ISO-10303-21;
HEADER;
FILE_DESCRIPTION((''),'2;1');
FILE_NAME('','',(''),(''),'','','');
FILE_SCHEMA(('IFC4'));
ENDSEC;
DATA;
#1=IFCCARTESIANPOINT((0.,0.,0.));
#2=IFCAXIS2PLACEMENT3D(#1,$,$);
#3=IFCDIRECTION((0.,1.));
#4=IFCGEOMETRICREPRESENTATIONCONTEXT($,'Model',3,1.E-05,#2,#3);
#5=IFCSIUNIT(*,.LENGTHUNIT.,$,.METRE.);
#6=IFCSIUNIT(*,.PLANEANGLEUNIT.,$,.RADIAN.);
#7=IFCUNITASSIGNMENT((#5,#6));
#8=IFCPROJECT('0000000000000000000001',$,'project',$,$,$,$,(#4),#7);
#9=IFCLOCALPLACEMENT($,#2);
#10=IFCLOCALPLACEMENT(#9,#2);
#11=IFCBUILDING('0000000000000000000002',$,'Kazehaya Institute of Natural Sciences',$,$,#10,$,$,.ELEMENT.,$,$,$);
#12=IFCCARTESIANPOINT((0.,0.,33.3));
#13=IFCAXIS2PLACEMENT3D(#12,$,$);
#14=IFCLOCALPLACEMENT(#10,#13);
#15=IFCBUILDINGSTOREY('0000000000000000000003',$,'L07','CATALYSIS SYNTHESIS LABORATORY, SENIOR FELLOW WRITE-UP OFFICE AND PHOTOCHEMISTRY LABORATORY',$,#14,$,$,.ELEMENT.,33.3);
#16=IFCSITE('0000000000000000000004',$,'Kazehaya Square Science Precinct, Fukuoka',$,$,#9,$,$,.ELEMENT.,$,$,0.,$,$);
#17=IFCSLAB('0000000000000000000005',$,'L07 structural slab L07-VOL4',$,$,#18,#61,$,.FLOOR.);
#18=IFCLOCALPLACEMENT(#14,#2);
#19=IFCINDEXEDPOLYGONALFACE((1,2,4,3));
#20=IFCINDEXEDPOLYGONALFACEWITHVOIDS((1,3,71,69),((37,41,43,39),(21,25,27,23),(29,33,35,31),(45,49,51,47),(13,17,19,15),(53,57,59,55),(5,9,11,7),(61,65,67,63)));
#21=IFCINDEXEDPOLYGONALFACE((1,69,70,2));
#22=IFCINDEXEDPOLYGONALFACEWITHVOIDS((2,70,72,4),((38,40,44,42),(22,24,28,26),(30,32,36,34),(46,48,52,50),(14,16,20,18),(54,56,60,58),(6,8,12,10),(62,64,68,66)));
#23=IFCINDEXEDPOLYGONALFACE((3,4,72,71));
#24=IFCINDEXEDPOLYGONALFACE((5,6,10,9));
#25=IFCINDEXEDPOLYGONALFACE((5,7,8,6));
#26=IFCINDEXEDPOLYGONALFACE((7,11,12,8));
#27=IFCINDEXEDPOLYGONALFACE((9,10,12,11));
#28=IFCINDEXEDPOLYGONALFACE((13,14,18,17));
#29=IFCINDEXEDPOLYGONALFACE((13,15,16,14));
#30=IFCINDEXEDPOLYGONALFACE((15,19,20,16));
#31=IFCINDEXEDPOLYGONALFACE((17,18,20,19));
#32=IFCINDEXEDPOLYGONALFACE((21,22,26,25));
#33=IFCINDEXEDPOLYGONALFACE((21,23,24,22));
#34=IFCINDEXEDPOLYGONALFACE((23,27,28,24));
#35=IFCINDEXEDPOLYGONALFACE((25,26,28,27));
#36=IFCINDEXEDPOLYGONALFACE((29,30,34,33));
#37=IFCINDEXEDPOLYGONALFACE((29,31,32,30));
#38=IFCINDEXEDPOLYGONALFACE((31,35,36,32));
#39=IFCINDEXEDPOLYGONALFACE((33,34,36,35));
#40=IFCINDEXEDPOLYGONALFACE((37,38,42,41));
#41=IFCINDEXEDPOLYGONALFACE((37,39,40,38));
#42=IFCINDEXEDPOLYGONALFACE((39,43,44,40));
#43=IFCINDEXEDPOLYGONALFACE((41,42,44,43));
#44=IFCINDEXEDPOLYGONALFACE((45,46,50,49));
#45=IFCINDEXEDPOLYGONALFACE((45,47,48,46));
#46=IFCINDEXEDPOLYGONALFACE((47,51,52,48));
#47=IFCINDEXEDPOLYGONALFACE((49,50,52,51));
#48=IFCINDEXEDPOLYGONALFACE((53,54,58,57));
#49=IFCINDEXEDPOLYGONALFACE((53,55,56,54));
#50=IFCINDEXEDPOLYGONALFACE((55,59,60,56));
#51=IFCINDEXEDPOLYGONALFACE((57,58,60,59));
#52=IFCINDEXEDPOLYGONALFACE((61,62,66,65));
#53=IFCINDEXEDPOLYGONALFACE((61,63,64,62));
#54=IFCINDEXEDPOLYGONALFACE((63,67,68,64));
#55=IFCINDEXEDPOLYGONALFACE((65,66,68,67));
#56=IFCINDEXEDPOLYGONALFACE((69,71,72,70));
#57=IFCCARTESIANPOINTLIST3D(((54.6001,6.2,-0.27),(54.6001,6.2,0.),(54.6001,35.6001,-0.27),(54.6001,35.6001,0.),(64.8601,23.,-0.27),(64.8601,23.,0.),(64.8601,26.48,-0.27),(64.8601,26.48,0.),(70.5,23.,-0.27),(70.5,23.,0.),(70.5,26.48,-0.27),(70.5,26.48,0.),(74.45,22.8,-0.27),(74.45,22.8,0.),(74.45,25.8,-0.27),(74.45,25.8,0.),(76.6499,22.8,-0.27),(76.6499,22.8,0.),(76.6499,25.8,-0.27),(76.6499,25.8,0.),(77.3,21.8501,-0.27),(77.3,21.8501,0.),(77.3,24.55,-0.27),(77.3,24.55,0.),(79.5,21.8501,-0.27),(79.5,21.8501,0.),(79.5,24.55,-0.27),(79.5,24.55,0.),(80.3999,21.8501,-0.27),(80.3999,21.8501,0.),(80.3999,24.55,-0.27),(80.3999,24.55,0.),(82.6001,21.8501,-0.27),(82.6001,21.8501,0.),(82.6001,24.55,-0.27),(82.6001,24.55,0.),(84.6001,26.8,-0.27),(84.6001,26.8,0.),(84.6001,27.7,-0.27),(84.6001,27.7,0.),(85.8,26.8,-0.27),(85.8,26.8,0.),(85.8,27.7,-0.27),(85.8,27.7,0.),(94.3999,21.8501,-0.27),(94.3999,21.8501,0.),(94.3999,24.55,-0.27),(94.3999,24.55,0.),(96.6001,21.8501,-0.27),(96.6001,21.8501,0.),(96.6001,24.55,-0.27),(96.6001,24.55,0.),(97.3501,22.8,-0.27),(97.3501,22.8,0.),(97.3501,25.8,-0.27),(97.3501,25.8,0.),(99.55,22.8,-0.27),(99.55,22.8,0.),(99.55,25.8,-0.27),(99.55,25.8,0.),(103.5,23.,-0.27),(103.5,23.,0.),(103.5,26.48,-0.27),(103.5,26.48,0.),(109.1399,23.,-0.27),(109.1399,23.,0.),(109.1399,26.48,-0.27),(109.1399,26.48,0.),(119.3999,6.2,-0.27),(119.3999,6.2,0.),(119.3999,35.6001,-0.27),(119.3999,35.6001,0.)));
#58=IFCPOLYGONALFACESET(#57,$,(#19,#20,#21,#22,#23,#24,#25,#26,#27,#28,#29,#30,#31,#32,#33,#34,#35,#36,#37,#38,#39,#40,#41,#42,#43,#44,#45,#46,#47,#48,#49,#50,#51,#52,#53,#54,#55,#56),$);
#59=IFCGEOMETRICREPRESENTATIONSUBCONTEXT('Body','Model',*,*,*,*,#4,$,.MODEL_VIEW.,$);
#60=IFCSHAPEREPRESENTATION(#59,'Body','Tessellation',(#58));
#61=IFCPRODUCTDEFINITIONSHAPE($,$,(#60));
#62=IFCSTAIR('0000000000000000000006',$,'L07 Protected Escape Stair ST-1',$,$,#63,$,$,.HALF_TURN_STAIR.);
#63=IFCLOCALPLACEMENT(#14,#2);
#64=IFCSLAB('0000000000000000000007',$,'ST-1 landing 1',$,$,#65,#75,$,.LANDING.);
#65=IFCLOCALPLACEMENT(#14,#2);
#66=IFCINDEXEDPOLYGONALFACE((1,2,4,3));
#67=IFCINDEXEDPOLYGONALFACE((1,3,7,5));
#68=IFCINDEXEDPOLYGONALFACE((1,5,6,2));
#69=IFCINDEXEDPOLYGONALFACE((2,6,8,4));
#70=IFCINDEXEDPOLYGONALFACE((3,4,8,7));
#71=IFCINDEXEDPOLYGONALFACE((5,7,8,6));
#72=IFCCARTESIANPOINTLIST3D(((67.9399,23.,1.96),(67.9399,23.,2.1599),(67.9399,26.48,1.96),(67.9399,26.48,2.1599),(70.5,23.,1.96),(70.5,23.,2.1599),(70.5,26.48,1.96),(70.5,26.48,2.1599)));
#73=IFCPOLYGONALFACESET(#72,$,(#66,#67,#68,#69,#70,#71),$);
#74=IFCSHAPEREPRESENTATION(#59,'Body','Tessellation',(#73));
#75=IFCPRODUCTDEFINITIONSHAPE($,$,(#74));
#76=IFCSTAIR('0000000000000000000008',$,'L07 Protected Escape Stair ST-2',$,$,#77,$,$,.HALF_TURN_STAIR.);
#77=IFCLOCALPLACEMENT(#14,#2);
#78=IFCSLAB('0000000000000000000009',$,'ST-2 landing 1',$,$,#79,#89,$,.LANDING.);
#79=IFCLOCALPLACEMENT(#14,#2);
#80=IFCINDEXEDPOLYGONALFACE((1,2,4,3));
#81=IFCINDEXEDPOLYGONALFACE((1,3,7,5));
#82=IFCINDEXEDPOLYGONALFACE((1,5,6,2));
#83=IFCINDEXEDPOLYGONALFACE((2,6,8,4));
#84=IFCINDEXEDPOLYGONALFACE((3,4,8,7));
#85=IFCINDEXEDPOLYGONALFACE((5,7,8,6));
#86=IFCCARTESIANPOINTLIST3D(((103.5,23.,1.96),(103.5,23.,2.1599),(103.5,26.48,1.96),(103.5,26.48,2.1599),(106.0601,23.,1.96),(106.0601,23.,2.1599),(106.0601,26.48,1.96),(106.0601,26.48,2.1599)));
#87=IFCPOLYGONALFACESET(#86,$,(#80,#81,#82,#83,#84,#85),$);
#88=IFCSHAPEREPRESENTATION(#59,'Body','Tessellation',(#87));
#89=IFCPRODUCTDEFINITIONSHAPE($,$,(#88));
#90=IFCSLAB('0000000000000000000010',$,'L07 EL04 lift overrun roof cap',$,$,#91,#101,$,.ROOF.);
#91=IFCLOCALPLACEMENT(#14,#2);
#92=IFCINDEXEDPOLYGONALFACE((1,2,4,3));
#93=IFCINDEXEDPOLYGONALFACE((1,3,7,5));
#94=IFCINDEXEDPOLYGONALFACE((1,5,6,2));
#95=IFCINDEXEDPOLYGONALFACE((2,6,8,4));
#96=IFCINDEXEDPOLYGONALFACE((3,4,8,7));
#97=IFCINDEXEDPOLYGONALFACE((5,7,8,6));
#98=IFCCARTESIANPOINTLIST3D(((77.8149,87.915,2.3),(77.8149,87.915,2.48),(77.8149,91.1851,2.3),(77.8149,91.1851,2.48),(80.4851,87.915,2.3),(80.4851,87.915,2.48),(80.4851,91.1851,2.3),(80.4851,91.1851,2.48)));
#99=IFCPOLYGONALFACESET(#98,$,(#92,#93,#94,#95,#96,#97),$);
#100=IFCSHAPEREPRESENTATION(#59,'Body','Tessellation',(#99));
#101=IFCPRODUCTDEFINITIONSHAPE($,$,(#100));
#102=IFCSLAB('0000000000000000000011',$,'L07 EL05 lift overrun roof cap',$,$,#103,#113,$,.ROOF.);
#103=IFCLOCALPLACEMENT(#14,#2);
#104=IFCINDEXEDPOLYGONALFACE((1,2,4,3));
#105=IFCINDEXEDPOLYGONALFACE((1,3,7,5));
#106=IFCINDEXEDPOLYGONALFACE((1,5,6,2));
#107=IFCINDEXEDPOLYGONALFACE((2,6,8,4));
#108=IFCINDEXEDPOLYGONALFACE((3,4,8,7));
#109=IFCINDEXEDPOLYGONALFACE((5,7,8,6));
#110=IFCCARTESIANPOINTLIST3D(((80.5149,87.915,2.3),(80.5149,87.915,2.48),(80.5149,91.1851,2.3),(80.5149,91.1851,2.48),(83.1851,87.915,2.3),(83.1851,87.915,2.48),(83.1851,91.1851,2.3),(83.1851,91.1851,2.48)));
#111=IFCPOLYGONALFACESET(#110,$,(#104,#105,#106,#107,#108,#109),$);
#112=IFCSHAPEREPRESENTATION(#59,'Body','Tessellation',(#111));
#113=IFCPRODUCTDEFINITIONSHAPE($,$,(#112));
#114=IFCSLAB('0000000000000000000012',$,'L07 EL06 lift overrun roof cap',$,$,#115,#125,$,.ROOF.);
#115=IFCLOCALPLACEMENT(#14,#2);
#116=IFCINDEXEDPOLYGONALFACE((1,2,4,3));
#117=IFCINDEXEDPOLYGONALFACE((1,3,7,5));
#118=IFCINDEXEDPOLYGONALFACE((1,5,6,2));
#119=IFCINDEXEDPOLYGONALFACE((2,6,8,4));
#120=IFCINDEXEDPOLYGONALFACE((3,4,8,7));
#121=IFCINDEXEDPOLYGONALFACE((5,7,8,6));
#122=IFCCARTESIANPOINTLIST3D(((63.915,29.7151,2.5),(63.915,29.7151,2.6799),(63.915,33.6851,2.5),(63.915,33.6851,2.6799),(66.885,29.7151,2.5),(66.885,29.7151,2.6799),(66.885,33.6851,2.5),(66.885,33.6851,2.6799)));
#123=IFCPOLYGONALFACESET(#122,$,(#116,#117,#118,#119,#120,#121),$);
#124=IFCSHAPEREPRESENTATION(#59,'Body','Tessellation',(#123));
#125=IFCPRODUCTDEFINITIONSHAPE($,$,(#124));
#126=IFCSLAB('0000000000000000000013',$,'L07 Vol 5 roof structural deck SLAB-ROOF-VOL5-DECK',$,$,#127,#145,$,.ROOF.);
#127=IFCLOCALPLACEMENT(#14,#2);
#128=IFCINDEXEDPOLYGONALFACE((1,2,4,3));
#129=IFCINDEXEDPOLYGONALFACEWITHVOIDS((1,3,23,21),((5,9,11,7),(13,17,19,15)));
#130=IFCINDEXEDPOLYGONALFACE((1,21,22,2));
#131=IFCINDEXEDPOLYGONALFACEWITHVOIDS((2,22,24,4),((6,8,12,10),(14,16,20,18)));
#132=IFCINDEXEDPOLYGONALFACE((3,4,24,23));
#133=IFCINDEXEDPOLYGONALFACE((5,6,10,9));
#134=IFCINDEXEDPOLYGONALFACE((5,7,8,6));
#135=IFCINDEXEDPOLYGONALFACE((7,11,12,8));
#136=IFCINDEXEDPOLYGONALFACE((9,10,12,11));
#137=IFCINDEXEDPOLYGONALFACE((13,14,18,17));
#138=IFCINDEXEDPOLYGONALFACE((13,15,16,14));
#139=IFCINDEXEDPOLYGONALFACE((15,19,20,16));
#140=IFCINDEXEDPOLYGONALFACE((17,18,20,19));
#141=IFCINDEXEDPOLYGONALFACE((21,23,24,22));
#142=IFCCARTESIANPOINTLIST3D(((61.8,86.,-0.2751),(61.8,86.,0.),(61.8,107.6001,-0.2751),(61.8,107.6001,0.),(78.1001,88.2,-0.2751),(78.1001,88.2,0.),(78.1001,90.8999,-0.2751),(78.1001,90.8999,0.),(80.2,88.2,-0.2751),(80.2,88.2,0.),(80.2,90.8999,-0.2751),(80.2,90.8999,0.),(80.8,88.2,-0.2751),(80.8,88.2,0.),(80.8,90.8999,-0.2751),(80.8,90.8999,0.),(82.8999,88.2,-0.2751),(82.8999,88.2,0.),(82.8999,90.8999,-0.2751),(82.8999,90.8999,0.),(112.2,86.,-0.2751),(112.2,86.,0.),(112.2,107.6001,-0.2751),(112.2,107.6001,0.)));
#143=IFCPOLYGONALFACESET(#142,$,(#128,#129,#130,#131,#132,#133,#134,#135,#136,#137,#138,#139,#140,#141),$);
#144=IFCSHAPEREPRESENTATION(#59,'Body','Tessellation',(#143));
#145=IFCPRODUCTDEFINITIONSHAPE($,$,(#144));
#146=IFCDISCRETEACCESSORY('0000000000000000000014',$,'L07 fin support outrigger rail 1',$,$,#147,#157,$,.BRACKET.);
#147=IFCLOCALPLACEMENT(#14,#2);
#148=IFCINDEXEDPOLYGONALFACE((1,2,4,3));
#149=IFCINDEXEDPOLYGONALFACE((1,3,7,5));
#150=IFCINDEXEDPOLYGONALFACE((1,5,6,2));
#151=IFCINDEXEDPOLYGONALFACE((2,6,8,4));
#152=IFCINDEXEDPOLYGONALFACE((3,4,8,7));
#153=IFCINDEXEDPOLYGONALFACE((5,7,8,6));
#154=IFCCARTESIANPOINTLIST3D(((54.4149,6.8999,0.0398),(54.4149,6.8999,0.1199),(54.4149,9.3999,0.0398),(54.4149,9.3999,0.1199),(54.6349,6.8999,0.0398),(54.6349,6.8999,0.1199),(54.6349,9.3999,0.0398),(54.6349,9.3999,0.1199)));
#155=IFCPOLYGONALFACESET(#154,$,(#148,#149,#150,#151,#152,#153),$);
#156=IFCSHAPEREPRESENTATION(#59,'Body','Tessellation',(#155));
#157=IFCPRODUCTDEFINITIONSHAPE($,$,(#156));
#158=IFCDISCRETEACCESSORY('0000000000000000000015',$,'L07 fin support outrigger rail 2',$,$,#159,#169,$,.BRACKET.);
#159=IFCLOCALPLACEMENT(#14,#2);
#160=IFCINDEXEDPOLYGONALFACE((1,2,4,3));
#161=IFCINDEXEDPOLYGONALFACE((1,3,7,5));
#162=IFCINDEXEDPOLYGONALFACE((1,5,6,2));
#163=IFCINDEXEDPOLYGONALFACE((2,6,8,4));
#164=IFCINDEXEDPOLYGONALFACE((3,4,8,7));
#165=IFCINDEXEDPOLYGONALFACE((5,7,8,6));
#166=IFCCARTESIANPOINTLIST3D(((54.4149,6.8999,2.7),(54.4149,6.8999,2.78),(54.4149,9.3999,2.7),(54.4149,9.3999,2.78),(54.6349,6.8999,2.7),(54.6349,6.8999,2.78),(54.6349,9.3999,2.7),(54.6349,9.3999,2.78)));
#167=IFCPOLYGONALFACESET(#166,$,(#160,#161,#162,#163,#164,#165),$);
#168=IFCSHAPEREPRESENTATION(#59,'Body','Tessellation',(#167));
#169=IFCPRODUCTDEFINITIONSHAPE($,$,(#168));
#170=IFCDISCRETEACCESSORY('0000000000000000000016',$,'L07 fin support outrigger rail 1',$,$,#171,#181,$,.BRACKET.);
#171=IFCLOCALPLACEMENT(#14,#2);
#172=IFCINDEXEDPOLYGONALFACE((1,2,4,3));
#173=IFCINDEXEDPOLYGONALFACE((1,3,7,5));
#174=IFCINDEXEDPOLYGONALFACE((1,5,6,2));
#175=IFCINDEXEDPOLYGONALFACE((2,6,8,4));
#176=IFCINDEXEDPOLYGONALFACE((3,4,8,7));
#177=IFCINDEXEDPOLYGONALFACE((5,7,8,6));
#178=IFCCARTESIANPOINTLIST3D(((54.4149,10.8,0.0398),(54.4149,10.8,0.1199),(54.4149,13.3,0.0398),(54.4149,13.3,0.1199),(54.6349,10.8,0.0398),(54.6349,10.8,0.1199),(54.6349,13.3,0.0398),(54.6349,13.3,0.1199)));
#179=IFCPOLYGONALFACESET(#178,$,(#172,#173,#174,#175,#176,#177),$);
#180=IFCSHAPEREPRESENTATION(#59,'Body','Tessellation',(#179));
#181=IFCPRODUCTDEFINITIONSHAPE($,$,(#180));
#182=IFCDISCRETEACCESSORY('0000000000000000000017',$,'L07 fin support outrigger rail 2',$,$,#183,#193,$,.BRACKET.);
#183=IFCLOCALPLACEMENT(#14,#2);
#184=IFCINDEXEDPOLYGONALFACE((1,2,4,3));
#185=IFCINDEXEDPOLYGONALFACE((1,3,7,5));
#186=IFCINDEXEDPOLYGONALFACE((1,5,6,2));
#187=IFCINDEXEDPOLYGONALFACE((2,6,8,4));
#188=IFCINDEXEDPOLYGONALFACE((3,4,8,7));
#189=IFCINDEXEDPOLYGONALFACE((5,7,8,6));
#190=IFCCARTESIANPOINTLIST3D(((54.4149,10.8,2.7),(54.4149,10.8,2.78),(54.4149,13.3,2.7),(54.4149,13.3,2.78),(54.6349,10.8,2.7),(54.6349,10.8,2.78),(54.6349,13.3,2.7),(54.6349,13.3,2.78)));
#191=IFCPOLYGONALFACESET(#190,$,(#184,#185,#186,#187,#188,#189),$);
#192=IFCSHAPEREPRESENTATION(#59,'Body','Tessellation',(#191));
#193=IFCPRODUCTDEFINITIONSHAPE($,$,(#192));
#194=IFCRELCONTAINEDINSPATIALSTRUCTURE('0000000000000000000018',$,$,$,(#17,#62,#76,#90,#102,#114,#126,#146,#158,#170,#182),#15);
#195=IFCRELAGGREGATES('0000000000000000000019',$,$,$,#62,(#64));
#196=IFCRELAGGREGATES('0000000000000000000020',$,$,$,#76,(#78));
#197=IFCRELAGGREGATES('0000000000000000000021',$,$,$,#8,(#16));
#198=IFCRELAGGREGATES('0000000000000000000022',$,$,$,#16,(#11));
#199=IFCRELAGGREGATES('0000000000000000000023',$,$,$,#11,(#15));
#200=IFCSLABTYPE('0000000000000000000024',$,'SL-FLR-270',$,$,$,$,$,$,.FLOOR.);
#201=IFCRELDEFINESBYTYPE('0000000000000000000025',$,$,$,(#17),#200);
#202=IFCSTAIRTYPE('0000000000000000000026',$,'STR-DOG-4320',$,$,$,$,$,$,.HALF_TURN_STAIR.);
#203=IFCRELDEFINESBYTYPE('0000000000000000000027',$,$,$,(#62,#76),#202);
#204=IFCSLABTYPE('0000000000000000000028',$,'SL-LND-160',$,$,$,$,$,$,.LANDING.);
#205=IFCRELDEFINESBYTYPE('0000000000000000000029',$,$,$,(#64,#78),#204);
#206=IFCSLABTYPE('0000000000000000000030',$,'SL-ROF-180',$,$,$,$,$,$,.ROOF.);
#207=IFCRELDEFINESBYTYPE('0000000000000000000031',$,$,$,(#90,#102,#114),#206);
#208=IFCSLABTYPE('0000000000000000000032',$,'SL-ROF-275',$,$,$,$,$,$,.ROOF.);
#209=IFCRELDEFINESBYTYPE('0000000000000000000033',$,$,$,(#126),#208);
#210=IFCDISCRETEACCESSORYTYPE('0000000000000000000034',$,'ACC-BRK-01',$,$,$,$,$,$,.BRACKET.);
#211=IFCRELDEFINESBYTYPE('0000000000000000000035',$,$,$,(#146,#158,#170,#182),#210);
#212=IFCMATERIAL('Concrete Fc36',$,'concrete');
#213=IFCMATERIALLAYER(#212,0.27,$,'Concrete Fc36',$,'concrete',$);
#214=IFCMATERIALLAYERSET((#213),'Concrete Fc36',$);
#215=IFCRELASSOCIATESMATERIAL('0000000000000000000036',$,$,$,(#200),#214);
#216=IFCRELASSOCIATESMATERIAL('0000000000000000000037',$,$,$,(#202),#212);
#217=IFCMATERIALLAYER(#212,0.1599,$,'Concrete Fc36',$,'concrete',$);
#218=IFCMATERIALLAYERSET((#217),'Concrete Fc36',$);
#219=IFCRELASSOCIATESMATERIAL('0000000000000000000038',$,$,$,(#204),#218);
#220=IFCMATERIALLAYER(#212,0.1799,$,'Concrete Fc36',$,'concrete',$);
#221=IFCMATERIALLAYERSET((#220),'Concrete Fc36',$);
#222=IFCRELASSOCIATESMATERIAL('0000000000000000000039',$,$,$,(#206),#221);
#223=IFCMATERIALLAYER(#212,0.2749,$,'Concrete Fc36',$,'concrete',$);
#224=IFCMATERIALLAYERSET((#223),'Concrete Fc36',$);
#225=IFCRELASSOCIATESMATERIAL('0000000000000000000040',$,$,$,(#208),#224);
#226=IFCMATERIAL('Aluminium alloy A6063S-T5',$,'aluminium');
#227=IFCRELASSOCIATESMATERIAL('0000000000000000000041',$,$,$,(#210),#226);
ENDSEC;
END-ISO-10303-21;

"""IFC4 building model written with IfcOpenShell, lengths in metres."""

from ifc_helpers import new_model, si_unit, direction, frame, origin, origin_2d, place, context, subcontext, project, spatial, polyline, rectangle, outline, extrude, material, layer, layer_set, type_object, element, aggregate, save


model = new_model("IFC4")

# Units and contexts
model_context = context("Model", 3, precision=1e-05, world=origin(), true_north=direction((0.0, 1.0)))
body_context = subcontext(model_context, "Body", "Model", "MODEL_VIEW")
ifc_project = project(units=[si_unit("LENGTHUNIT", "METRE"), si_unit("PLANEANGLEUNIT", "RADIAN")], contexts=[model_context])

# Site, building, storey
site_placement = place(None, origin())
site = spatial("IfcSite", under=ifc_project, at=site_placement, Name="Kazehaya Square Science Precinct, Fukuoka", CompositionType="ELEMENT", RefElevation=0.0)
building_placement = place(site_placement, origin())
building = spatial("IfcBuilding", under=site, at=building_placement, Name="Kazehaya Institute of Natural Sciences", CompositionType="ELEMENT")
storey_placement = place(building_placement, frame((0.0, 0.0, 33.3)))
storey = spatial("IfcBuildingStorey", under=building, at=storey_placement, Name="L07", Description="CATALYSIS SYNTHESIS LABORATORY, SENIOR FELLOW WRITE-UP OFFICE AND PHOTOCHEMISTRY LABORATORY", CompositionType="ELEMENT", Elevation=33.3)

# Shared definitions
ifc_material_1 = material(Name="Concrete Fc36", Category="concrete")

# Shared definitions
ifc_material_2 = material(Name="Aluminium alloy A6063S-T5", Category="aluminium")

# Slab
ifc_layer_1 = layer(ifc_material_1, 0.27, Name="Concrete Fc36", Category="concrete")
ifc_layer_set_1 = layer_set([ifc_layer_1], Name="Concrete Fc36")
slab_type_1 = type_object("IfcSlabType", Name="SL-FLR-270", PredefinedType="FLOOR", material=ifc_layer_set_1)
slab_1_placement = place(storey_placement, frame((0.0, 0.0, -0.27)))
element("IfcSlab", 1, at=slab_1_placement, inside=storey, type_object=slab_type_1, Name="L07 structural slab L07-VOL4", PredefinedType="FLOOR", context=body_context, shape_type="SweptSolid", body=[
    extrude(outline(polyline([(54.6001, 6.2), (119.3999, 6.2), (119.3999, 35.6001), (54.6001, 35.6001), (54.6001, 6.2)]), holes=[polyline([(84.6001, 26.8), (85.8, 26.8), (85.8, 27.7), (84.6001, 27.7), (84.6001, 26.8)]), polyline([(64.8601, 23.0), (70.5, 23.0), (70.5, 26.48), (64.8601, 26.48), (64.8601, 23.0)]), polyline([(103.5, 23.0), (109.1399, 23.0), (109.1399, 26.48), (103.5, 26.48), (103.5, 23.0)]), polyline([(74.45, 22.8), (76.6499, 22.8), (76.6499, 25.8), (74.45, 25.8), (74.45, 22.8)]), polyline([(97.3501, 22.8), (99.55, 22.8), (99.55, 25.8), (97.3501, 25.8), (97.3501, 22.8)]), polyline([(77.3, 21.8501), (79.5, 21.8501), (79.5, 24.55), (77.3, 24.55), (77.3, 21.8501)]), polyline([(80.3999, 21.8501), (82.6001, 21.8501), (82.6001, 24.55), (80.3999, 24.55), (80.3999, 21.8501)]), polyline([(94.3999, 21.8501), (96.6001, 21.8501), (96.6001, 24.55), (94.3999, 24.55), (94.3999, 21.8501)])]), origin(), (0.0, 0.0, 1.0), 0.27),
])

# Stairs, slabs
stair_type = type_object("IfcStairType", Name="STR-DOG-4320", PredefinedType="HALF_TURN_STAIR", material=ifc_material_1)
stair_1_placement = place(storey_placement, origin())
stair_1 = element("IfcStair", 2, at=stair_1_placement, inside=storey, type_object=stair_type, Name="L07 Protected Escape Stair ST-1", PredefinedType="HALF_TURN_STAIR")
ifc_layer_2 = layer(ifc_material_1, 0.1599, Name="Concrete Fc36", Category="concrete")
ifc_layer_set_2 = layer_set([ifc_layer_2], Name="Concrete Fc36")
slab_type_2 = type_object("IfcSlabType", Name="SL-LND-160", PredefinedType="LANDING", material=ifc_layer_set_2)
slab_2_placement = place(storey_placement, frame((0.0, 0.0, 1.96)))
slab_2 = element("IfcSlab", 3, at=slab_2_placement, type_object=slab_type_2, Name="ST-1 landing 1", PredefinedType="LANDING", context=body_context, shape_type="SweptSolid", body=[
    extrude(outline(polyline([(67.9399, 23.0), (70.5, 23.0), (70.5, 26.48), (67.9399, 26.48), (67.9399, 23.0)])), origin(), (0.0, 0.0, 1.0), 0.2),
])
aggregate(stair_1, [slab_2])
stair_2_placement = place(storey_placement, origin())
stair_2 = element("IfcStair", 4, at=stair_2_placement, inside=storey, type_object=stair_type, Name="L07 Protected Escape Stair ST-2", PredefinedType="HALF_TURN_STAIR")
slab_3_placement = place(storey_placement, frame((0.0, 0.0, 1.96)))
slab_3 = element("IfcSlab", 5, at=slab_3_placement, type_object=slab_type_2, Name="ST-2 landing 1", PredefinedType="LANDING", context=body_context, shape_type="SweptSolid", body=[
    extrude(outline(polyline([(106.0601, 26.48), (103.5, 26.48), (103.5, 23.0), (106.0601, 23.0), (106.0601, 26.48)])), origin(), (0.0, 0.0, 1.0), 0.2),
])
aggregate(stair_2, [slab_3])

# Slabs
ifc_layer_3 = layer(ifc_material_1, 0.1799, Name="Concrete Fc36", Category="concrete")
ifc_layer_set_3 = layer_set([ifc_layer_3], Name="Concrete Fc36")
slab_type_3 = type_object("IfcSlabType", Name="SL-ROF-180", PredefinedType="ROOF", material=ifc_layer_set_3)
slab_4_placement = place(storey_placement, frame((0.0, 0.0, 2.3)))
element("IfcSlab", 6, at=slab_4_placement, inside=storey, type_object=slab_type_3, Name="L07 EL04 lift overrun roof cap", PredefinedType="ROOF", context=body_context, shape_type="SweptSolid", body=[
    extrude(outline(polyline([(77.8149, 87.915), (80.4851, 87.915), (80.4851, 91.1851), (77.8149, 91.1851), (77.8149, 87.915)])), origin(), (0.0, 0.0, 1.0), 0.1799),
])
slab_5_placement = place(storey_placement, frame((0.0, 0.0, 2.3)))
element("IfcSlab", 7, at=slab_5_placement, inside=storey, type_object=slab_type_3, Name="L07 EL05 lift overrun roof cap", PredefinedType="ROOF", context=body_context, shape_type="SweptSolid", body=[
    extrude(outline(polyline([(80.5149, 87.915), (83.1851, 87.915), (83.1851, 91.1851), (80.5149, 91.1851), (80.5149, 87.915)])), origin(), (0.0, 0.0, 1.0), 0.1799),
])
slab_6_placement = place(storey_placement, frame((0.0, 0.0, 2.5)))
element("IfcSlab", 8, at=slab_6_placement, inside=storey, type_object=slab_type_3, Name="L07 EL06 lift overrun roof cap", PredefinedType="ROOF", context=body_context, shape_type="SweptSolid", body=[
    extrude(outline(polyline([(63.915, 29.7151), (66.885, 29.7151), (66.885, 33.6851), (63.915, 33.6851), (63.915, 29.7151)])), origin(), (0.0, 0.0, 1.0), 0.1799),
])
ifc_layer_4 = layer(ifc_material_1, 0.2749, Name="Concrete Fc36", Category="concrete")
ifc_layer_set_4 = layer_set([ifc_layer_4], Name="Concrete Fc36")
slab_type_4 = type_object("IfcSlabType", Name="SL-ROF-275", PredefinedType="ROOF", material=ifc_layer_set_4)
slab_7_placement = place(storey_placement, frame((0.0, 0.0, -0.2751)))
element("IfcSlab", 9, at=slab_7_placement, inside=storey, type_object=slab_type_4, Name="L07 Vol 5 roof structural deck SLAB-ROOF-VOL5-DECK", PredefinedType="ROOF", context=body_context, shape_type="SweptSolid", body=[
    extrude(outline(polyline([(61.8, 86.0), (112.2, 86.0), (112.2, 107.6001), (61.8, 107.6001), (61.8, 86.0)]), holes=[polyline([(78.1001, 88.2), (80.2, 88.2), (80.2, 90.8999), (78.1001, 90.8999), (78.1001, 88.2)]), polyline([(80.8, 88.2), (82.8999, 88.2), (82.8999, 90.8999), (80.8, 90.8999), (80.8, 88.2)])]), origin(), (0.0, 0.0, 1.0), 0.2751),
])

# Discrete accessories
discrete_accessory_type = type_object("IfcDiscreteAccessoryType", Name="ACC-BRK-01", PredefinedType="BRACKET", material=ifc_material_2)
for number, where, z_axis, x_axis, name in (
    (10, (54.5249, 8.1499, 0.0398), (0.0, 0.0, 1.0), (0.0, 1.0, 0.0), "L07 fin support outrigger rail 1"),
    (11, (54.5249, 8.1499, 2.7), (0.0, 0.0, 1.0), (0.0, 1.0, 0.0), "L07 fin support outrigger rail 2"),
    (12, (54.5249, 12.05, 0.0398), (0.0, 0.0, 1.0), (0.0, 1.0, 0.0), "L07 fin support outrigger rail 1"),
    (13, (54.5249, 12.05, 2.7), (0.0, 0.0, 1.0), (0.0, 1.0, 0.0), "L07 fin support outrigger rail 2"),
):
    element("IfcDiscreteAccessory", number, at=place(storey_placement, frame(where, z_axis=z_axis, x_axis=x_axis)), inside=storey, type_object=discrete_accessory_type, Name=name, PredefinedType="BRACKET", context=body_context, shape_type="SweptSolid", body=[
        extrude(rectangle(XDim=2.5, YDim=0.22, at=origin_2d()), origin(), (0.0, 0.0, 1.0), 0.0801),
    ])

save(model, "model.ifc")
